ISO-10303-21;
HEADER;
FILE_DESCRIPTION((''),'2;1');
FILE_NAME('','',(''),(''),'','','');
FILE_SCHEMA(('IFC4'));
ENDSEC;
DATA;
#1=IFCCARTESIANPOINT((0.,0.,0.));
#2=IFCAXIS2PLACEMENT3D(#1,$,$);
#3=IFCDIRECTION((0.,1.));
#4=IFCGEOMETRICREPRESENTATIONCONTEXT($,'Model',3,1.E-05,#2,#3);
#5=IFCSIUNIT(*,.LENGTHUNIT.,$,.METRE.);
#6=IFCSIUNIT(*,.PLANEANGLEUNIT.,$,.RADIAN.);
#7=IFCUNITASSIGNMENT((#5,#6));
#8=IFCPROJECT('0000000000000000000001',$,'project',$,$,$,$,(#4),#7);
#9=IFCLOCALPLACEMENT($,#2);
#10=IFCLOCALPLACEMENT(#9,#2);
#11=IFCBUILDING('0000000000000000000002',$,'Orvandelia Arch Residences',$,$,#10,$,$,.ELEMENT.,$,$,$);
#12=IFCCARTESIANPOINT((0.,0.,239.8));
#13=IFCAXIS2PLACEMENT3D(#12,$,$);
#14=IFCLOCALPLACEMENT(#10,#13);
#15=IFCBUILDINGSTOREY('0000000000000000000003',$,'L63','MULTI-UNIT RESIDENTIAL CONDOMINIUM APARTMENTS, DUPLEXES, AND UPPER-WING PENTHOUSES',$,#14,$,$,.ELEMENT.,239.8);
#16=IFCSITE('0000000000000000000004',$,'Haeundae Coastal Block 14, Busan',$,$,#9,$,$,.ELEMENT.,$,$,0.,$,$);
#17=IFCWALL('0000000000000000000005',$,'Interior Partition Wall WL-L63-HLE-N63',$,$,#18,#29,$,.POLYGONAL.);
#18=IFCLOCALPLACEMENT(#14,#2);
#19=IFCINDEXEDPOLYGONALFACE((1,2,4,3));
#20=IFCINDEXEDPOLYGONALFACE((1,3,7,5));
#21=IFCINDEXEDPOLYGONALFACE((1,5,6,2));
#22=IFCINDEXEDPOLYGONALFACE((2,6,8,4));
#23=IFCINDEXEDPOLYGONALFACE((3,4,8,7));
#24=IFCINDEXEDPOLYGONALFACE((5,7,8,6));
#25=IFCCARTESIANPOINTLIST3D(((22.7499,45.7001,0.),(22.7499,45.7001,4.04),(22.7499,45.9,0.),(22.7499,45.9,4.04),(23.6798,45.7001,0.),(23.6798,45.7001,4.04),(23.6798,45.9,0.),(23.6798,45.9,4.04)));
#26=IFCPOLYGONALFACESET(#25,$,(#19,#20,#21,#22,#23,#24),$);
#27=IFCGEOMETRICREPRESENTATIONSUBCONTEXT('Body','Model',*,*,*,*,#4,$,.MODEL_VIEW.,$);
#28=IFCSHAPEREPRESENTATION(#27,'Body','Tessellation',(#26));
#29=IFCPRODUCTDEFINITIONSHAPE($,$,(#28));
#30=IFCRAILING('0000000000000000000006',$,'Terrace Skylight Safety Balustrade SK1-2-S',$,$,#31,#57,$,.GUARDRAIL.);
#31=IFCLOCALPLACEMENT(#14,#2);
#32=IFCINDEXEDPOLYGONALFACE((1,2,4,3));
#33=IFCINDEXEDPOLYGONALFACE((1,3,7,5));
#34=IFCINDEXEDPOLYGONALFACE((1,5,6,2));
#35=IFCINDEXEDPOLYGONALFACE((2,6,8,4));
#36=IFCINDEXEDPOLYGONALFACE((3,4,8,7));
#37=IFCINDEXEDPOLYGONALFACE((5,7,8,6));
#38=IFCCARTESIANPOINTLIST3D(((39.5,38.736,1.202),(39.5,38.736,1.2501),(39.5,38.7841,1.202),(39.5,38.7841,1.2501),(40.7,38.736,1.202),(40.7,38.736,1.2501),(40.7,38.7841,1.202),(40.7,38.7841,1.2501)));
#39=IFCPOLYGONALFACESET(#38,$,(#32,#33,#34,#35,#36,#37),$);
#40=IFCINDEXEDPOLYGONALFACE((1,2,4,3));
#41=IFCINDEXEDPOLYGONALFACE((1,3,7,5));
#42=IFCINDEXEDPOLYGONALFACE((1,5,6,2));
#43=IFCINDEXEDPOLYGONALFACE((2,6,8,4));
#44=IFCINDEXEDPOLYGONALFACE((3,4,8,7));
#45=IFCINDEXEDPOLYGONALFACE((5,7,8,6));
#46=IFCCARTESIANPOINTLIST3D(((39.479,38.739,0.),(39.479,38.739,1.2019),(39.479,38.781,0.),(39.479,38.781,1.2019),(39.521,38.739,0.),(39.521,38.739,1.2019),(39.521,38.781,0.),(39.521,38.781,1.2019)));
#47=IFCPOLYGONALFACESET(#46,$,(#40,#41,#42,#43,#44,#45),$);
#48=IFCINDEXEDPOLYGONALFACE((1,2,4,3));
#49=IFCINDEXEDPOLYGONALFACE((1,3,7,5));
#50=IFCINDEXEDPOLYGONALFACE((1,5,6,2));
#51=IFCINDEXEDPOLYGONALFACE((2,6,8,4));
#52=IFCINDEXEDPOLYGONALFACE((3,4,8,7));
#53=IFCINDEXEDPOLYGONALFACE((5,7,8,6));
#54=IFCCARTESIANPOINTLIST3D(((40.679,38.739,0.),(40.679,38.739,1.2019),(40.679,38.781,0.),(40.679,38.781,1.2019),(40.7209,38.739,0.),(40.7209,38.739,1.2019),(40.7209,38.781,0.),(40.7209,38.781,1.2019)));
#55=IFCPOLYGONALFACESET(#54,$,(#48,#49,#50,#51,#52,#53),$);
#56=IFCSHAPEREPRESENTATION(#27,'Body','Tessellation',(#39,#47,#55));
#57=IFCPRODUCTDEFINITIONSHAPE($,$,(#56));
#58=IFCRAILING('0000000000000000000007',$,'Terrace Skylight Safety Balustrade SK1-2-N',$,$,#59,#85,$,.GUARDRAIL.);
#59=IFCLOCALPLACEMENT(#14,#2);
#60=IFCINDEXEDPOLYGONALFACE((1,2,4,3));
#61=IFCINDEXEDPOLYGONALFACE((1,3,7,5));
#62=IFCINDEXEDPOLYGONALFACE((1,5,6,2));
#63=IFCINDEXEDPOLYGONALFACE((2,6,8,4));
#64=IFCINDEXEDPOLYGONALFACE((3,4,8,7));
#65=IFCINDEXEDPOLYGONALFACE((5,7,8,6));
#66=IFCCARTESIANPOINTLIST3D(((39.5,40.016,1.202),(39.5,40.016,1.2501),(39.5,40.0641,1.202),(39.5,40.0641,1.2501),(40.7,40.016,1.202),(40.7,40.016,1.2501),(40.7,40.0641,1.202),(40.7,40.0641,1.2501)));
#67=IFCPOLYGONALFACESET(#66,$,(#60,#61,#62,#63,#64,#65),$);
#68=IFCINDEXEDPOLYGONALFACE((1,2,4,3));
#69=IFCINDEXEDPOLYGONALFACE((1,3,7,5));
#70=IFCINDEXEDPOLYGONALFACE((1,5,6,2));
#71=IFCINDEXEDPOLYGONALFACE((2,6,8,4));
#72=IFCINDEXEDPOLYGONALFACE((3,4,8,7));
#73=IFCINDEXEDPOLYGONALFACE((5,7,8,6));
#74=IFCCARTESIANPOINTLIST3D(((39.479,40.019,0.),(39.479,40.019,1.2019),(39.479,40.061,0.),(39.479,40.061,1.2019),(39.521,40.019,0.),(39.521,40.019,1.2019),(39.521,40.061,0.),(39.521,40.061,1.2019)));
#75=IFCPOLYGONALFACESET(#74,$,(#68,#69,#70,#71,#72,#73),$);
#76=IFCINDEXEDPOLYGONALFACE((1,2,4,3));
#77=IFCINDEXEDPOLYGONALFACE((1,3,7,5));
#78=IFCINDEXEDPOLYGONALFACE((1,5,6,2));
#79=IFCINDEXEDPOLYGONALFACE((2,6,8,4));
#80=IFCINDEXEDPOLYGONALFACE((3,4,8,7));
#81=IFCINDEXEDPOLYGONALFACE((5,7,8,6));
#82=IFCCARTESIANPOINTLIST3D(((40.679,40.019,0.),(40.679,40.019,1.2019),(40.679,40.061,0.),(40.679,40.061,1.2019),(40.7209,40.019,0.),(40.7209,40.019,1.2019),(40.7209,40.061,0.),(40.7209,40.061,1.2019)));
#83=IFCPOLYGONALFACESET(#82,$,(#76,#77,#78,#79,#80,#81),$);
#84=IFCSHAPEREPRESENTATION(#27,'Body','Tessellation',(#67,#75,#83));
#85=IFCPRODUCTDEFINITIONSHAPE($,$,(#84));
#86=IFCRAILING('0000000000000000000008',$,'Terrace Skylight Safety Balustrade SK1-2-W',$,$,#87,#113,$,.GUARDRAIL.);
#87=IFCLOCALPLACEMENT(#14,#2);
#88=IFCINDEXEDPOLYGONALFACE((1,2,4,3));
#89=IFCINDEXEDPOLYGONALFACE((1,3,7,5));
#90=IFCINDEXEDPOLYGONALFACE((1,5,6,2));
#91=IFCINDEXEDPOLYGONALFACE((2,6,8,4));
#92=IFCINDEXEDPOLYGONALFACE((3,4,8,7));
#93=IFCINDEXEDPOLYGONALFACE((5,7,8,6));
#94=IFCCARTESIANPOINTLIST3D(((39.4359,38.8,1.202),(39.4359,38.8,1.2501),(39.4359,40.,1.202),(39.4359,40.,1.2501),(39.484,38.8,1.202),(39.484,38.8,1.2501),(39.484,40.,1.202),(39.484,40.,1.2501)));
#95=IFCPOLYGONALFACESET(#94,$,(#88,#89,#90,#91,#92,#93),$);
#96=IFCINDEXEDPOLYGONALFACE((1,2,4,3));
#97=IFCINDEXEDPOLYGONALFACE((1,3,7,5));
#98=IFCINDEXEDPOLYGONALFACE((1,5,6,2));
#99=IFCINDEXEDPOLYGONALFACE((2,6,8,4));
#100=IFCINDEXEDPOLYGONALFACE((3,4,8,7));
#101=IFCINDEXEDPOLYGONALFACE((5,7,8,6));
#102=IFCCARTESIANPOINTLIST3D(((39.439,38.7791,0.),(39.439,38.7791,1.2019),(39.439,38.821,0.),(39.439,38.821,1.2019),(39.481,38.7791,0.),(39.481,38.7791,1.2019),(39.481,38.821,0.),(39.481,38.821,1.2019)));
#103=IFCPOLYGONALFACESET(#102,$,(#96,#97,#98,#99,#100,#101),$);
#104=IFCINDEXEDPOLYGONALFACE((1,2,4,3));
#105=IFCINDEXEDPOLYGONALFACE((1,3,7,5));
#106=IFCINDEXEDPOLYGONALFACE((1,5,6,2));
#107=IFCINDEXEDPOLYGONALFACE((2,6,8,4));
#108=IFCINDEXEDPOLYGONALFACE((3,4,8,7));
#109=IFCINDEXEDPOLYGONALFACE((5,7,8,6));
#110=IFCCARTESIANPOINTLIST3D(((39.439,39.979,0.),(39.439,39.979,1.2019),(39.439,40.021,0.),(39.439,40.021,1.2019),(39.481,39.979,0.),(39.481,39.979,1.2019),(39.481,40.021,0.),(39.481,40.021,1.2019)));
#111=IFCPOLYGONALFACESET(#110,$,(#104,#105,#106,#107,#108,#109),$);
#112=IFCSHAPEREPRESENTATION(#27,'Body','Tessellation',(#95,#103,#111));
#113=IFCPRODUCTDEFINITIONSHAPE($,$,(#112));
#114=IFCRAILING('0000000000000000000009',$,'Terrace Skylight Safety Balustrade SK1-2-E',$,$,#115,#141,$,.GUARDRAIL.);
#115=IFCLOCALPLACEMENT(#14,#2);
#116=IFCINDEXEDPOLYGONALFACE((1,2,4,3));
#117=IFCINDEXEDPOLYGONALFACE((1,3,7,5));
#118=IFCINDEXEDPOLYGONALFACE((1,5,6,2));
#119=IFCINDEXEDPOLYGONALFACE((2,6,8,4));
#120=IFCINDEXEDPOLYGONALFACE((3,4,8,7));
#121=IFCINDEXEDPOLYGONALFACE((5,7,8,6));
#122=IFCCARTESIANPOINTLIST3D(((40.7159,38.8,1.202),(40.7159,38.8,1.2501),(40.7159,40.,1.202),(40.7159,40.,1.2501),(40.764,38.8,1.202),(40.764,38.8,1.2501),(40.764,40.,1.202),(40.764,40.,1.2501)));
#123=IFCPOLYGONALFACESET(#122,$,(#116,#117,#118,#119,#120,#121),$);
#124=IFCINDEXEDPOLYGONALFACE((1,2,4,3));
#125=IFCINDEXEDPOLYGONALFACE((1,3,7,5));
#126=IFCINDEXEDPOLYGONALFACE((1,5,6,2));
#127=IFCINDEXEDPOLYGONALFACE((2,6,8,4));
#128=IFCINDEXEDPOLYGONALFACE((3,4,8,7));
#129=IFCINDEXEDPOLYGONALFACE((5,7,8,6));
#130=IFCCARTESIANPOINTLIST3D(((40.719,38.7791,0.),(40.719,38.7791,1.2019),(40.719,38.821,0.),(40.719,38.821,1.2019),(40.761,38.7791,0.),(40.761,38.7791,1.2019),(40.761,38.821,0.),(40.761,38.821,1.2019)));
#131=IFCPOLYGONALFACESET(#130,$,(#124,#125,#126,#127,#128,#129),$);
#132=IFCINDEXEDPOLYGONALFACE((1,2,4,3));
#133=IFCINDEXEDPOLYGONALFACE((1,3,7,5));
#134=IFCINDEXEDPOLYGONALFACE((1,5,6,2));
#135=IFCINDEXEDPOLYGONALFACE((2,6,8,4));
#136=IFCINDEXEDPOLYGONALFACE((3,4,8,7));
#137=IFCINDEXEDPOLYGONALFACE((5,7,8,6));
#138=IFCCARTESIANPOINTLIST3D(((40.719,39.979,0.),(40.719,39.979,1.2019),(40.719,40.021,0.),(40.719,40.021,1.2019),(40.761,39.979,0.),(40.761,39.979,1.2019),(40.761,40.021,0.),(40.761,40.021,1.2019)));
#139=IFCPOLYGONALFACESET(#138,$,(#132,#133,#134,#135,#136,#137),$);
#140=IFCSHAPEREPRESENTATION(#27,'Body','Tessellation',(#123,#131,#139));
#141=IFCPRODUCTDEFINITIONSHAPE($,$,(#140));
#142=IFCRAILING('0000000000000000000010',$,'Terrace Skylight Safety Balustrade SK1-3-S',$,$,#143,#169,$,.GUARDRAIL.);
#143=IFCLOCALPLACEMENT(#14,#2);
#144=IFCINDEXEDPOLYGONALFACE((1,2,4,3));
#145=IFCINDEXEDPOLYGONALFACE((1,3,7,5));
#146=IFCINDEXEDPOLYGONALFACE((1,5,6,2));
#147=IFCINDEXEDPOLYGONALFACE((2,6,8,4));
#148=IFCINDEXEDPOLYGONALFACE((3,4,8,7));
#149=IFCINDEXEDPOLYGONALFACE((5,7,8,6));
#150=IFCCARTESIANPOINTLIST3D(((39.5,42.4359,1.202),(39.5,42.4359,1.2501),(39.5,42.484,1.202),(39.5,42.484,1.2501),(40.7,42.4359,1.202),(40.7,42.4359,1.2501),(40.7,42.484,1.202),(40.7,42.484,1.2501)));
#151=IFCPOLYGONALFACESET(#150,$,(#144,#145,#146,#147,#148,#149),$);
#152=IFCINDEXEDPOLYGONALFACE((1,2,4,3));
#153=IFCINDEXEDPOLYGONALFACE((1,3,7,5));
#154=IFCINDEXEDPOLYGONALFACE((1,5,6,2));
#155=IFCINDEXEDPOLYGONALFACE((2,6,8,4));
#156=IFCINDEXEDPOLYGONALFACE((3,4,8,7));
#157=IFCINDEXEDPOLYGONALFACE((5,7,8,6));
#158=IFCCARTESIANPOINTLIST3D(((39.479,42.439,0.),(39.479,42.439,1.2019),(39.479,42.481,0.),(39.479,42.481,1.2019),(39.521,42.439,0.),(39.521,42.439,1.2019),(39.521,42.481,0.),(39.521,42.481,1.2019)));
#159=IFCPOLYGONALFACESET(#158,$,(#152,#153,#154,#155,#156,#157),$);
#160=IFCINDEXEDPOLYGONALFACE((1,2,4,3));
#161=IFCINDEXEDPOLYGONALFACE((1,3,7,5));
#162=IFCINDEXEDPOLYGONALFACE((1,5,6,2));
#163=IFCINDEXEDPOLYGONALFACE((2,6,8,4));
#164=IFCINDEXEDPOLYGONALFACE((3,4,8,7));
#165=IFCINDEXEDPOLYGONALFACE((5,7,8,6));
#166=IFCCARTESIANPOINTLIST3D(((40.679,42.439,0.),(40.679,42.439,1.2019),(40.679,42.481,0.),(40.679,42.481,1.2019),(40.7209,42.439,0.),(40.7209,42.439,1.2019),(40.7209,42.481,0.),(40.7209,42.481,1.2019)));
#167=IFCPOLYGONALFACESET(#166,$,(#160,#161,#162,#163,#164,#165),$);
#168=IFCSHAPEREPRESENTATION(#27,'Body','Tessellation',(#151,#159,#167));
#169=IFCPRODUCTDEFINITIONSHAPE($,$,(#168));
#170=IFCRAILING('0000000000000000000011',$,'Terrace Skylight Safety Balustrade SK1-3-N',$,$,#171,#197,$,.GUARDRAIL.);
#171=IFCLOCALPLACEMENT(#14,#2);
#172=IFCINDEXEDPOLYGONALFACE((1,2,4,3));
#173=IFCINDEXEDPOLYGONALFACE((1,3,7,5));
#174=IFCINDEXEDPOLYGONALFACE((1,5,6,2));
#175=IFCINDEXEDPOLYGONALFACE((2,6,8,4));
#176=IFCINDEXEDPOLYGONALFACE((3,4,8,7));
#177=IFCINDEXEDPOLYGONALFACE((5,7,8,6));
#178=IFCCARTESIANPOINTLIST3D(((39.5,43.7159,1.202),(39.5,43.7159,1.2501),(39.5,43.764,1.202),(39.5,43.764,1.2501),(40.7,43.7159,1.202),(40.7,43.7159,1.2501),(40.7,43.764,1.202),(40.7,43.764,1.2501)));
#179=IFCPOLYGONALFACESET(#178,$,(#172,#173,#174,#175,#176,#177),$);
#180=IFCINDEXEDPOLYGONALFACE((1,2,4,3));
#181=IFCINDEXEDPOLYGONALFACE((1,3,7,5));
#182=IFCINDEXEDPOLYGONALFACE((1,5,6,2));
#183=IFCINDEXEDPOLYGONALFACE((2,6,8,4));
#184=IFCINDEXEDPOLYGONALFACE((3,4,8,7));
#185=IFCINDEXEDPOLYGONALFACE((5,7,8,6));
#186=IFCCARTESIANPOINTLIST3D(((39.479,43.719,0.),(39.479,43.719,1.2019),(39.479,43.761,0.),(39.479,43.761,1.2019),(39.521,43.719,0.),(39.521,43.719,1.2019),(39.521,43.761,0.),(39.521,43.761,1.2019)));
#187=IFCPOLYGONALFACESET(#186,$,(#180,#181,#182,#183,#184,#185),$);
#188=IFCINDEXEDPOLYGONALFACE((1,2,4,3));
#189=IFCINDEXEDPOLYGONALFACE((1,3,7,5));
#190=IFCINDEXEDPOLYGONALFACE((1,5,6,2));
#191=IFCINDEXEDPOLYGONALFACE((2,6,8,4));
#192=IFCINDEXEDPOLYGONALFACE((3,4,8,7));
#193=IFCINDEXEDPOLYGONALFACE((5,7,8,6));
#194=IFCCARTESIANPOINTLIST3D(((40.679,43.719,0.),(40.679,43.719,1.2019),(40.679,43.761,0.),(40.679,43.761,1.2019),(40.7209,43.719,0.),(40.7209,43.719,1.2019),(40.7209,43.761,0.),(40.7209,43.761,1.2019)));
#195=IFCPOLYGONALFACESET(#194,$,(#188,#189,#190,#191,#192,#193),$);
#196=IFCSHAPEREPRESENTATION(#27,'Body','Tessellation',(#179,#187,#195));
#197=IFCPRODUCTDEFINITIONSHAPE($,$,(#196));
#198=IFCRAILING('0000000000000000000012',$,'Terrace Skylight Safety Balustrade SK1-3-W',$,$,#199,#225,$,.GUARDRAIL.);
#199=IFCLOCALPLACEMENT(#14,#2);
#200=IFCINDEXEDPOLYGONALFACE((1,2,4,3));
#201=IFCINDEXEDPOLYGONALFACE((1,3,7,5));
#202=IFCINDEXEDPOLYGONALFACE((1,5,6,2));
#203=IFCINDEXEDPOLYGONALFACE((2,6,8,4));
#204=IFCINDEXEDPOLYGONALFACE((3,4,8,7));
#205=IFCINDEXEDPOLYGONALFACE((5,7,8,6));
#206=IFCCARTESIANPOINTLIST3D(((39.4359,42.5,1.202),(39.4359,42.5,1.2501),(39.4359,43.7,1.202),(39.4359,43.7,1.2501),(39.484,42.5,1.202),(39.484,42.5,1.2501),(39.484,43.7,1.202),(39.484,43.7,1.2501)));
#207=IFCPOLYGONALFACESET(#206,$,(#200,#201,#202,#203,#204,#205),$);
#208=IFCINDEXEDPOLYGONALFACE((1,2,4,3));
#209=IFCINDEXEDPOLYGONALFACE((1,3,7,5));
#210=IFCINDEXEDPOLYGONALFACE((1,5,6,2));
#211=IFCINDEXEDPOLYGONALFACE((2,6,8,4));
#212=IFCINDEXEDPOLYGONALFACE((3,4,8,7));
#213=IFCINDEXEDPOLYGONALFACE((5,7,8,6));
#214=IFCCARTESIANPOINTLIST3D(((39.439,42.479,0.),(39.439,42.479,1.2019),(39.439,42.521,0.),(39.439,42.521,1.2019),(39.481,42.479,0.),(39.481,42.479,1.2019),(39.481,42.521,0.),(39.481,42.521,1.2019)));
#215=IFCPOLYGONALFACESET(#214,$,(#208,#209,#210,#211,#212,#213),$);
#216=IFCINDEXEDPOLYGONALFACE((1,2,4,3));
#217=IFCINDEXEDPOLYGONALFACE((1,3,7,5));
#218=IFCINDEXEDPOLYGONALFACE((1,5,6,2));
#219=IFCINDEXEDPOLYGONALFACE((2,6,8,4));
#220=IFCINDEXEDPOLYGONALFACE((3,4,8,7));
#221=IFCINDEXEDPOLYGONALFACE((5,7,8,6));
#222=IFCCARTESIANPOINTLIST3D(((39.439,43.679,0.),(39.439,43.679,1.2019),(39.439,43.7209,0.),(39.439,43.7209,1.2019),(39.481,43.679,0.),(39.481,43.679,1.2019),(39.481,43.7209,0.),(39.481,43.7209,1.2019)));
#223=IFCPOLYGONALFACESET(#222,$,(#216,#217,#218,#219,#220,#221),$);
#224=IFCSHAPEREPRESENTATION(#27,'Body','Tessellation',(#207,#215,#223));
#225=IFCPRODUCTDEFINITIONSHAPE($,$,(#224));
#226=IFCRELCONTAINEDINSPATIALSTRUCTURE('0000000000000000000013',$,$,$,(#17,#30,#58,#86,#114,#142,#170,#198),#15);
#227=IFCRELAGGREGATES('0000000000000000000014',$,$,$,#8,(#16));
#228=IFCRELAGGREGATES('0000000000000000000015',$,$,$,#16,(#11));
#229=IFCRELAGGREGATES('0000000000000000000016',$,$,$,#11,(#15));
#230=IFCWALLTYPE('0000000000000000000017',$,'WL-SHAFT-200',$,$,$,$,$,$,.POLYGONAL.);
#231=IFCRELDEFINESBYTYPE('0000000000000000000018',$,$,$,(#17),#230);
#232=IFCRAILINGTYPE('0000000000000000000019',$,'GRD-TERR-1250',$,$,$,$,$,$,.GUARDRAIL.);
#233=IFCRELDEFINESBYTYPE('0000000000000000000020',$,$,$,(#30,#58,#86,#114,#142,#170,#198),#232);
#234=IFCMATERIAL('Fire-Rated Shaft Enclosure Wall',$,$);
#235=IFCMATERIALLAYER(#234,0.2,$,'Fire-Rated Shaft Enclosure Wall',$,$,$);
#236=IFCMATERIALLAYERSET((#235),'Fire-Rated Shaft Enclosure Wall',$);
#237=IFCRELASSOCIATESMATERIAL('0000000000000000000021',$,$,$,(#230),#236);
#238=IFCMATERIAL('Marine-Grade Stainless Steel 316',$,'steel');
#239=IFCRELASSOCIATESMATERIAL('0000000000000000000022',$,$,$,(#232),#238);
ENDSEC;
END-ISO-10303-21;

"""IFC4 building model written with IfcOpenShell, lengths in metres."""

from ifc_helpers import new_model, si_unit, direction, frame, frame_2d, origin, origin_2d, place, context, subcontext, project, spatial, rectangle, extrude, material, layer, layer_set, type_object, element, save


model = new_model("IFC4")

# Units and contexts
model_context = context("Model", 3, precision=1e-05, world=origin(), true_north=direction((0.0, 1.0)))
body_context = subcontext(model_context, "Body", "Model", "MODEL_VIEW")
ifc_project = project(units=[si_unit("LENGTHUNIT", "METRE"), si_unit("PLANEANGLEUNIT", "RADIAN")], contexts=[model_context])

# Site, building, storey
site_placement = place(None, origin())
site = spatial("IfcSite", under=ifc_project, at=site_placement, Name="Haeundae Coastal Block 14, Busan", CompositionType="ELEMENT", RefElevation=0.0)
building_placement = place(site_placement, origin())
building = spatial("IfcBuilding", under=site, at=building_placement, Name="Orvandelia Arch Residences", CompositionType="ELEMENT")
storey_placement = place(building_placement, frame((0.0, 0.0, 239.8)))
storey = spatial("IfcBuildingStorey", under=building, at=storey_placement, Name="L63", Description="MULTI-UNIT RESIDENTIAL CONDOMINIUM APARTMENTS, DUPLEXES, AND UPPER-WING PENTHOUSES", CompositionType="ELEMENT", Elevation=239.8)

# Wall
ifc_material_1 = material(Name="Fire-Rated Shaft Enclosure Wall")
ifc_layer_1 = layer(ifc_material_1, 0.2, Name="Fire-Rated Shaft Enclosure Wall")
ifc_layer_set_1 = layer_set([ifc_layer_1], Name="Fire-Rated Shaft Enclosure Wall")
wall_type_1 = type_object("IfcWallType", Name="WL-SHAFT-200", PredefinedType="POLYGONAL", material=ifc_layer_set_1)
wall_1_placement = place(storey_placement, frame((22.75, 45.8, 0.0), z_axis=(0.0, 0.0, 1.0), x_axis=(1.0, 0.0, 0.0)))
element("IfcWall", 1, at=wall_1_placement, inside=storey, type_object=wall_type_1, Name="Interior Partition Wall WL-L63-HLE-N63", PredefinedType="POLYGONAL", context=body_context, shape_type="SweptSolid", body=[
    extrude(rectangle(XDim=0.9299, YDim=0.2, at=frame_2d((0.4648, 0.0))), origin(), (0.0, 0.0, 1.0), 4.04),
])

# Railings
ifc_material_2 = material(Name="Marine-Grade Stainless Steel 316", Category="steel")
railing_type = type_object("IfcRailingType", Name="GRD-TERR-1250", PredefinedType="GUARDRAIL", material=ifc_material_2)
for number, where, name in (
    (2, (39.5, 38.76, 0.0), "Terrace Skylight Safety Balustrade SK1-2-S"),
    (3, (39.5, 40.04, 0.0), "Terrace Skylight Safety Balustrade SK1-2-N"),
):
    element("IfcRailing", number, at=place(storey_placement, frame(where)), inside=storey, type_object=railing_type, Name=name, PredefinedType="GUARDRAIL", context=body_context, shape_type="SweptSolid", body=[
        extrude(rectangle(XDim=0.0481, YDim=0.0481, at=origin_2d()), frame((0.0, 0.0, 1.2261), z_axis=(1.0, 0.0, 0.0), x_axis=(0.0, 1.0, 0.0)), (0.0, 0.0, 1.0), 1.2),
        extrude(rectangle(XDim=0.042, YDim=0.042, at=origin_2d()), origin(), (0.0, 0.0, 1.0), 1.2019),
        extrude(rectangle(XDim=0.042, YDim=0.042, at=origin_2d()), frame((1.2, 0.0, 0.0)), (0.0, 0.0, 1.0), 1.2019),
    ])
for number, where, name in (
    (4, (39.46, 38.8, 0.0), "Terrace Skylight Safety Balustrade SK1-2-W"),
    (5, (40.74, 38.8, 0.0), "Terrace Skylight Safety Balustrade SK1-2-E"),
):
    element("IfcRailing", number, at=place(storey_placement, frame(where)), inside=storey, type_object=railing_type, Name=name, PredefinedType="GUARDRAIL", context=body_context, shape_type="SweptSolid", body=[
        extrude(rectangle(XDim=0.0481, YDim=0.0481, at=origin_2d()), frame((0.0, 0.0, 1.2261), z_axis=(0.0, 1.0, 0.0), x_axis=(-1.0, 0.0, 0.0)), (0.0, 0.0, 1.0), 1.2),
        extrude(rectangle(XDim=0.042, YDim=0.042, at=origin_2d()), origin(), (0.0, 0.0, 1.0), 1.2019),
        extrude(rectangle(XDim=0.042, YDim=0.042, at=origin_2d()), frame((0.0, 1.2, 0.0)), (0.0, 0.0, 1.0), 1.2019),
    ])
for number, where, name in (
    (6, (39.5, 42.46, 0.0), "Terrace Skylight Safety Balustrade SK1-3-S"),
    (7, (39.5, 43.74, 0.0), "Terrace Skylight Safety Balustrade SK1-3-N"),
):
    element("IfcRailing", number, at=place(storey_placement, frame(where)), inside=storey, type_object=railing_type, Name=name, PredefinedType="GUARDRAIL", context=body_context, shape_type="SweptSolid", body=[
        extrude(rectangle(XDim=0.0481, YDim=0.0481, at=origin_2d()), frame((0.0, 0.0, 1.2261), z_axis=(1.0, 0.0, 0.0), x_axis=(0.0, 1.0, 0.0)), (0.0, 0.0, 1.0), 1.2),
        extrude(rectangle(XDim=0.042, YDim=0.042, at=origin_2d()), origin(), (0.0, 0.0, 1.0), 1.2019),
        extrude(rectangle(XDim=0.042, YDim=0.042, at=origin_2d()), frame((1.2, 0.0, 0.0)), (0.0, 0.0, 1.0), 1.2019),
    ])
for number, where, name in (
    (8, (39.46, 42.5, 0.0), "Terrace Skylight Safety Balustrade SK1-3-W"),
):
    element("IfcRailing", number, at=place(storey_placement, frame(where)), inside=storey, type_object=railing_type, Name=name, PredefinedType="GUARDRAIL", context=body_context, shape_type="SweptSolid", body=[
        extrude(rectangle(XDim=0.0481, YDim=0.0481, at=origin_2d()), frame((0.0, 0.0, 1.2261), z_axis=(0.0, 1.0, 0.0), x_axis=(-1.0, 0.0, 0.0)), (0.0, 0.0, 1.0), 1.2),
        extrude(rectangle(XDim=0.042, YDim=0.042, at=origin_2d()), origin(), (0.0, 0.0, 1.0), 1.2019),
        extrude(rectangle(XDim=0.042, YDim=0.042, at=origin_2d()), frame((0.0, 1.2, 0.0)), (0.0, 0.0, 1.0), 1.2019),
    ])

save(model, "model.ifc")
